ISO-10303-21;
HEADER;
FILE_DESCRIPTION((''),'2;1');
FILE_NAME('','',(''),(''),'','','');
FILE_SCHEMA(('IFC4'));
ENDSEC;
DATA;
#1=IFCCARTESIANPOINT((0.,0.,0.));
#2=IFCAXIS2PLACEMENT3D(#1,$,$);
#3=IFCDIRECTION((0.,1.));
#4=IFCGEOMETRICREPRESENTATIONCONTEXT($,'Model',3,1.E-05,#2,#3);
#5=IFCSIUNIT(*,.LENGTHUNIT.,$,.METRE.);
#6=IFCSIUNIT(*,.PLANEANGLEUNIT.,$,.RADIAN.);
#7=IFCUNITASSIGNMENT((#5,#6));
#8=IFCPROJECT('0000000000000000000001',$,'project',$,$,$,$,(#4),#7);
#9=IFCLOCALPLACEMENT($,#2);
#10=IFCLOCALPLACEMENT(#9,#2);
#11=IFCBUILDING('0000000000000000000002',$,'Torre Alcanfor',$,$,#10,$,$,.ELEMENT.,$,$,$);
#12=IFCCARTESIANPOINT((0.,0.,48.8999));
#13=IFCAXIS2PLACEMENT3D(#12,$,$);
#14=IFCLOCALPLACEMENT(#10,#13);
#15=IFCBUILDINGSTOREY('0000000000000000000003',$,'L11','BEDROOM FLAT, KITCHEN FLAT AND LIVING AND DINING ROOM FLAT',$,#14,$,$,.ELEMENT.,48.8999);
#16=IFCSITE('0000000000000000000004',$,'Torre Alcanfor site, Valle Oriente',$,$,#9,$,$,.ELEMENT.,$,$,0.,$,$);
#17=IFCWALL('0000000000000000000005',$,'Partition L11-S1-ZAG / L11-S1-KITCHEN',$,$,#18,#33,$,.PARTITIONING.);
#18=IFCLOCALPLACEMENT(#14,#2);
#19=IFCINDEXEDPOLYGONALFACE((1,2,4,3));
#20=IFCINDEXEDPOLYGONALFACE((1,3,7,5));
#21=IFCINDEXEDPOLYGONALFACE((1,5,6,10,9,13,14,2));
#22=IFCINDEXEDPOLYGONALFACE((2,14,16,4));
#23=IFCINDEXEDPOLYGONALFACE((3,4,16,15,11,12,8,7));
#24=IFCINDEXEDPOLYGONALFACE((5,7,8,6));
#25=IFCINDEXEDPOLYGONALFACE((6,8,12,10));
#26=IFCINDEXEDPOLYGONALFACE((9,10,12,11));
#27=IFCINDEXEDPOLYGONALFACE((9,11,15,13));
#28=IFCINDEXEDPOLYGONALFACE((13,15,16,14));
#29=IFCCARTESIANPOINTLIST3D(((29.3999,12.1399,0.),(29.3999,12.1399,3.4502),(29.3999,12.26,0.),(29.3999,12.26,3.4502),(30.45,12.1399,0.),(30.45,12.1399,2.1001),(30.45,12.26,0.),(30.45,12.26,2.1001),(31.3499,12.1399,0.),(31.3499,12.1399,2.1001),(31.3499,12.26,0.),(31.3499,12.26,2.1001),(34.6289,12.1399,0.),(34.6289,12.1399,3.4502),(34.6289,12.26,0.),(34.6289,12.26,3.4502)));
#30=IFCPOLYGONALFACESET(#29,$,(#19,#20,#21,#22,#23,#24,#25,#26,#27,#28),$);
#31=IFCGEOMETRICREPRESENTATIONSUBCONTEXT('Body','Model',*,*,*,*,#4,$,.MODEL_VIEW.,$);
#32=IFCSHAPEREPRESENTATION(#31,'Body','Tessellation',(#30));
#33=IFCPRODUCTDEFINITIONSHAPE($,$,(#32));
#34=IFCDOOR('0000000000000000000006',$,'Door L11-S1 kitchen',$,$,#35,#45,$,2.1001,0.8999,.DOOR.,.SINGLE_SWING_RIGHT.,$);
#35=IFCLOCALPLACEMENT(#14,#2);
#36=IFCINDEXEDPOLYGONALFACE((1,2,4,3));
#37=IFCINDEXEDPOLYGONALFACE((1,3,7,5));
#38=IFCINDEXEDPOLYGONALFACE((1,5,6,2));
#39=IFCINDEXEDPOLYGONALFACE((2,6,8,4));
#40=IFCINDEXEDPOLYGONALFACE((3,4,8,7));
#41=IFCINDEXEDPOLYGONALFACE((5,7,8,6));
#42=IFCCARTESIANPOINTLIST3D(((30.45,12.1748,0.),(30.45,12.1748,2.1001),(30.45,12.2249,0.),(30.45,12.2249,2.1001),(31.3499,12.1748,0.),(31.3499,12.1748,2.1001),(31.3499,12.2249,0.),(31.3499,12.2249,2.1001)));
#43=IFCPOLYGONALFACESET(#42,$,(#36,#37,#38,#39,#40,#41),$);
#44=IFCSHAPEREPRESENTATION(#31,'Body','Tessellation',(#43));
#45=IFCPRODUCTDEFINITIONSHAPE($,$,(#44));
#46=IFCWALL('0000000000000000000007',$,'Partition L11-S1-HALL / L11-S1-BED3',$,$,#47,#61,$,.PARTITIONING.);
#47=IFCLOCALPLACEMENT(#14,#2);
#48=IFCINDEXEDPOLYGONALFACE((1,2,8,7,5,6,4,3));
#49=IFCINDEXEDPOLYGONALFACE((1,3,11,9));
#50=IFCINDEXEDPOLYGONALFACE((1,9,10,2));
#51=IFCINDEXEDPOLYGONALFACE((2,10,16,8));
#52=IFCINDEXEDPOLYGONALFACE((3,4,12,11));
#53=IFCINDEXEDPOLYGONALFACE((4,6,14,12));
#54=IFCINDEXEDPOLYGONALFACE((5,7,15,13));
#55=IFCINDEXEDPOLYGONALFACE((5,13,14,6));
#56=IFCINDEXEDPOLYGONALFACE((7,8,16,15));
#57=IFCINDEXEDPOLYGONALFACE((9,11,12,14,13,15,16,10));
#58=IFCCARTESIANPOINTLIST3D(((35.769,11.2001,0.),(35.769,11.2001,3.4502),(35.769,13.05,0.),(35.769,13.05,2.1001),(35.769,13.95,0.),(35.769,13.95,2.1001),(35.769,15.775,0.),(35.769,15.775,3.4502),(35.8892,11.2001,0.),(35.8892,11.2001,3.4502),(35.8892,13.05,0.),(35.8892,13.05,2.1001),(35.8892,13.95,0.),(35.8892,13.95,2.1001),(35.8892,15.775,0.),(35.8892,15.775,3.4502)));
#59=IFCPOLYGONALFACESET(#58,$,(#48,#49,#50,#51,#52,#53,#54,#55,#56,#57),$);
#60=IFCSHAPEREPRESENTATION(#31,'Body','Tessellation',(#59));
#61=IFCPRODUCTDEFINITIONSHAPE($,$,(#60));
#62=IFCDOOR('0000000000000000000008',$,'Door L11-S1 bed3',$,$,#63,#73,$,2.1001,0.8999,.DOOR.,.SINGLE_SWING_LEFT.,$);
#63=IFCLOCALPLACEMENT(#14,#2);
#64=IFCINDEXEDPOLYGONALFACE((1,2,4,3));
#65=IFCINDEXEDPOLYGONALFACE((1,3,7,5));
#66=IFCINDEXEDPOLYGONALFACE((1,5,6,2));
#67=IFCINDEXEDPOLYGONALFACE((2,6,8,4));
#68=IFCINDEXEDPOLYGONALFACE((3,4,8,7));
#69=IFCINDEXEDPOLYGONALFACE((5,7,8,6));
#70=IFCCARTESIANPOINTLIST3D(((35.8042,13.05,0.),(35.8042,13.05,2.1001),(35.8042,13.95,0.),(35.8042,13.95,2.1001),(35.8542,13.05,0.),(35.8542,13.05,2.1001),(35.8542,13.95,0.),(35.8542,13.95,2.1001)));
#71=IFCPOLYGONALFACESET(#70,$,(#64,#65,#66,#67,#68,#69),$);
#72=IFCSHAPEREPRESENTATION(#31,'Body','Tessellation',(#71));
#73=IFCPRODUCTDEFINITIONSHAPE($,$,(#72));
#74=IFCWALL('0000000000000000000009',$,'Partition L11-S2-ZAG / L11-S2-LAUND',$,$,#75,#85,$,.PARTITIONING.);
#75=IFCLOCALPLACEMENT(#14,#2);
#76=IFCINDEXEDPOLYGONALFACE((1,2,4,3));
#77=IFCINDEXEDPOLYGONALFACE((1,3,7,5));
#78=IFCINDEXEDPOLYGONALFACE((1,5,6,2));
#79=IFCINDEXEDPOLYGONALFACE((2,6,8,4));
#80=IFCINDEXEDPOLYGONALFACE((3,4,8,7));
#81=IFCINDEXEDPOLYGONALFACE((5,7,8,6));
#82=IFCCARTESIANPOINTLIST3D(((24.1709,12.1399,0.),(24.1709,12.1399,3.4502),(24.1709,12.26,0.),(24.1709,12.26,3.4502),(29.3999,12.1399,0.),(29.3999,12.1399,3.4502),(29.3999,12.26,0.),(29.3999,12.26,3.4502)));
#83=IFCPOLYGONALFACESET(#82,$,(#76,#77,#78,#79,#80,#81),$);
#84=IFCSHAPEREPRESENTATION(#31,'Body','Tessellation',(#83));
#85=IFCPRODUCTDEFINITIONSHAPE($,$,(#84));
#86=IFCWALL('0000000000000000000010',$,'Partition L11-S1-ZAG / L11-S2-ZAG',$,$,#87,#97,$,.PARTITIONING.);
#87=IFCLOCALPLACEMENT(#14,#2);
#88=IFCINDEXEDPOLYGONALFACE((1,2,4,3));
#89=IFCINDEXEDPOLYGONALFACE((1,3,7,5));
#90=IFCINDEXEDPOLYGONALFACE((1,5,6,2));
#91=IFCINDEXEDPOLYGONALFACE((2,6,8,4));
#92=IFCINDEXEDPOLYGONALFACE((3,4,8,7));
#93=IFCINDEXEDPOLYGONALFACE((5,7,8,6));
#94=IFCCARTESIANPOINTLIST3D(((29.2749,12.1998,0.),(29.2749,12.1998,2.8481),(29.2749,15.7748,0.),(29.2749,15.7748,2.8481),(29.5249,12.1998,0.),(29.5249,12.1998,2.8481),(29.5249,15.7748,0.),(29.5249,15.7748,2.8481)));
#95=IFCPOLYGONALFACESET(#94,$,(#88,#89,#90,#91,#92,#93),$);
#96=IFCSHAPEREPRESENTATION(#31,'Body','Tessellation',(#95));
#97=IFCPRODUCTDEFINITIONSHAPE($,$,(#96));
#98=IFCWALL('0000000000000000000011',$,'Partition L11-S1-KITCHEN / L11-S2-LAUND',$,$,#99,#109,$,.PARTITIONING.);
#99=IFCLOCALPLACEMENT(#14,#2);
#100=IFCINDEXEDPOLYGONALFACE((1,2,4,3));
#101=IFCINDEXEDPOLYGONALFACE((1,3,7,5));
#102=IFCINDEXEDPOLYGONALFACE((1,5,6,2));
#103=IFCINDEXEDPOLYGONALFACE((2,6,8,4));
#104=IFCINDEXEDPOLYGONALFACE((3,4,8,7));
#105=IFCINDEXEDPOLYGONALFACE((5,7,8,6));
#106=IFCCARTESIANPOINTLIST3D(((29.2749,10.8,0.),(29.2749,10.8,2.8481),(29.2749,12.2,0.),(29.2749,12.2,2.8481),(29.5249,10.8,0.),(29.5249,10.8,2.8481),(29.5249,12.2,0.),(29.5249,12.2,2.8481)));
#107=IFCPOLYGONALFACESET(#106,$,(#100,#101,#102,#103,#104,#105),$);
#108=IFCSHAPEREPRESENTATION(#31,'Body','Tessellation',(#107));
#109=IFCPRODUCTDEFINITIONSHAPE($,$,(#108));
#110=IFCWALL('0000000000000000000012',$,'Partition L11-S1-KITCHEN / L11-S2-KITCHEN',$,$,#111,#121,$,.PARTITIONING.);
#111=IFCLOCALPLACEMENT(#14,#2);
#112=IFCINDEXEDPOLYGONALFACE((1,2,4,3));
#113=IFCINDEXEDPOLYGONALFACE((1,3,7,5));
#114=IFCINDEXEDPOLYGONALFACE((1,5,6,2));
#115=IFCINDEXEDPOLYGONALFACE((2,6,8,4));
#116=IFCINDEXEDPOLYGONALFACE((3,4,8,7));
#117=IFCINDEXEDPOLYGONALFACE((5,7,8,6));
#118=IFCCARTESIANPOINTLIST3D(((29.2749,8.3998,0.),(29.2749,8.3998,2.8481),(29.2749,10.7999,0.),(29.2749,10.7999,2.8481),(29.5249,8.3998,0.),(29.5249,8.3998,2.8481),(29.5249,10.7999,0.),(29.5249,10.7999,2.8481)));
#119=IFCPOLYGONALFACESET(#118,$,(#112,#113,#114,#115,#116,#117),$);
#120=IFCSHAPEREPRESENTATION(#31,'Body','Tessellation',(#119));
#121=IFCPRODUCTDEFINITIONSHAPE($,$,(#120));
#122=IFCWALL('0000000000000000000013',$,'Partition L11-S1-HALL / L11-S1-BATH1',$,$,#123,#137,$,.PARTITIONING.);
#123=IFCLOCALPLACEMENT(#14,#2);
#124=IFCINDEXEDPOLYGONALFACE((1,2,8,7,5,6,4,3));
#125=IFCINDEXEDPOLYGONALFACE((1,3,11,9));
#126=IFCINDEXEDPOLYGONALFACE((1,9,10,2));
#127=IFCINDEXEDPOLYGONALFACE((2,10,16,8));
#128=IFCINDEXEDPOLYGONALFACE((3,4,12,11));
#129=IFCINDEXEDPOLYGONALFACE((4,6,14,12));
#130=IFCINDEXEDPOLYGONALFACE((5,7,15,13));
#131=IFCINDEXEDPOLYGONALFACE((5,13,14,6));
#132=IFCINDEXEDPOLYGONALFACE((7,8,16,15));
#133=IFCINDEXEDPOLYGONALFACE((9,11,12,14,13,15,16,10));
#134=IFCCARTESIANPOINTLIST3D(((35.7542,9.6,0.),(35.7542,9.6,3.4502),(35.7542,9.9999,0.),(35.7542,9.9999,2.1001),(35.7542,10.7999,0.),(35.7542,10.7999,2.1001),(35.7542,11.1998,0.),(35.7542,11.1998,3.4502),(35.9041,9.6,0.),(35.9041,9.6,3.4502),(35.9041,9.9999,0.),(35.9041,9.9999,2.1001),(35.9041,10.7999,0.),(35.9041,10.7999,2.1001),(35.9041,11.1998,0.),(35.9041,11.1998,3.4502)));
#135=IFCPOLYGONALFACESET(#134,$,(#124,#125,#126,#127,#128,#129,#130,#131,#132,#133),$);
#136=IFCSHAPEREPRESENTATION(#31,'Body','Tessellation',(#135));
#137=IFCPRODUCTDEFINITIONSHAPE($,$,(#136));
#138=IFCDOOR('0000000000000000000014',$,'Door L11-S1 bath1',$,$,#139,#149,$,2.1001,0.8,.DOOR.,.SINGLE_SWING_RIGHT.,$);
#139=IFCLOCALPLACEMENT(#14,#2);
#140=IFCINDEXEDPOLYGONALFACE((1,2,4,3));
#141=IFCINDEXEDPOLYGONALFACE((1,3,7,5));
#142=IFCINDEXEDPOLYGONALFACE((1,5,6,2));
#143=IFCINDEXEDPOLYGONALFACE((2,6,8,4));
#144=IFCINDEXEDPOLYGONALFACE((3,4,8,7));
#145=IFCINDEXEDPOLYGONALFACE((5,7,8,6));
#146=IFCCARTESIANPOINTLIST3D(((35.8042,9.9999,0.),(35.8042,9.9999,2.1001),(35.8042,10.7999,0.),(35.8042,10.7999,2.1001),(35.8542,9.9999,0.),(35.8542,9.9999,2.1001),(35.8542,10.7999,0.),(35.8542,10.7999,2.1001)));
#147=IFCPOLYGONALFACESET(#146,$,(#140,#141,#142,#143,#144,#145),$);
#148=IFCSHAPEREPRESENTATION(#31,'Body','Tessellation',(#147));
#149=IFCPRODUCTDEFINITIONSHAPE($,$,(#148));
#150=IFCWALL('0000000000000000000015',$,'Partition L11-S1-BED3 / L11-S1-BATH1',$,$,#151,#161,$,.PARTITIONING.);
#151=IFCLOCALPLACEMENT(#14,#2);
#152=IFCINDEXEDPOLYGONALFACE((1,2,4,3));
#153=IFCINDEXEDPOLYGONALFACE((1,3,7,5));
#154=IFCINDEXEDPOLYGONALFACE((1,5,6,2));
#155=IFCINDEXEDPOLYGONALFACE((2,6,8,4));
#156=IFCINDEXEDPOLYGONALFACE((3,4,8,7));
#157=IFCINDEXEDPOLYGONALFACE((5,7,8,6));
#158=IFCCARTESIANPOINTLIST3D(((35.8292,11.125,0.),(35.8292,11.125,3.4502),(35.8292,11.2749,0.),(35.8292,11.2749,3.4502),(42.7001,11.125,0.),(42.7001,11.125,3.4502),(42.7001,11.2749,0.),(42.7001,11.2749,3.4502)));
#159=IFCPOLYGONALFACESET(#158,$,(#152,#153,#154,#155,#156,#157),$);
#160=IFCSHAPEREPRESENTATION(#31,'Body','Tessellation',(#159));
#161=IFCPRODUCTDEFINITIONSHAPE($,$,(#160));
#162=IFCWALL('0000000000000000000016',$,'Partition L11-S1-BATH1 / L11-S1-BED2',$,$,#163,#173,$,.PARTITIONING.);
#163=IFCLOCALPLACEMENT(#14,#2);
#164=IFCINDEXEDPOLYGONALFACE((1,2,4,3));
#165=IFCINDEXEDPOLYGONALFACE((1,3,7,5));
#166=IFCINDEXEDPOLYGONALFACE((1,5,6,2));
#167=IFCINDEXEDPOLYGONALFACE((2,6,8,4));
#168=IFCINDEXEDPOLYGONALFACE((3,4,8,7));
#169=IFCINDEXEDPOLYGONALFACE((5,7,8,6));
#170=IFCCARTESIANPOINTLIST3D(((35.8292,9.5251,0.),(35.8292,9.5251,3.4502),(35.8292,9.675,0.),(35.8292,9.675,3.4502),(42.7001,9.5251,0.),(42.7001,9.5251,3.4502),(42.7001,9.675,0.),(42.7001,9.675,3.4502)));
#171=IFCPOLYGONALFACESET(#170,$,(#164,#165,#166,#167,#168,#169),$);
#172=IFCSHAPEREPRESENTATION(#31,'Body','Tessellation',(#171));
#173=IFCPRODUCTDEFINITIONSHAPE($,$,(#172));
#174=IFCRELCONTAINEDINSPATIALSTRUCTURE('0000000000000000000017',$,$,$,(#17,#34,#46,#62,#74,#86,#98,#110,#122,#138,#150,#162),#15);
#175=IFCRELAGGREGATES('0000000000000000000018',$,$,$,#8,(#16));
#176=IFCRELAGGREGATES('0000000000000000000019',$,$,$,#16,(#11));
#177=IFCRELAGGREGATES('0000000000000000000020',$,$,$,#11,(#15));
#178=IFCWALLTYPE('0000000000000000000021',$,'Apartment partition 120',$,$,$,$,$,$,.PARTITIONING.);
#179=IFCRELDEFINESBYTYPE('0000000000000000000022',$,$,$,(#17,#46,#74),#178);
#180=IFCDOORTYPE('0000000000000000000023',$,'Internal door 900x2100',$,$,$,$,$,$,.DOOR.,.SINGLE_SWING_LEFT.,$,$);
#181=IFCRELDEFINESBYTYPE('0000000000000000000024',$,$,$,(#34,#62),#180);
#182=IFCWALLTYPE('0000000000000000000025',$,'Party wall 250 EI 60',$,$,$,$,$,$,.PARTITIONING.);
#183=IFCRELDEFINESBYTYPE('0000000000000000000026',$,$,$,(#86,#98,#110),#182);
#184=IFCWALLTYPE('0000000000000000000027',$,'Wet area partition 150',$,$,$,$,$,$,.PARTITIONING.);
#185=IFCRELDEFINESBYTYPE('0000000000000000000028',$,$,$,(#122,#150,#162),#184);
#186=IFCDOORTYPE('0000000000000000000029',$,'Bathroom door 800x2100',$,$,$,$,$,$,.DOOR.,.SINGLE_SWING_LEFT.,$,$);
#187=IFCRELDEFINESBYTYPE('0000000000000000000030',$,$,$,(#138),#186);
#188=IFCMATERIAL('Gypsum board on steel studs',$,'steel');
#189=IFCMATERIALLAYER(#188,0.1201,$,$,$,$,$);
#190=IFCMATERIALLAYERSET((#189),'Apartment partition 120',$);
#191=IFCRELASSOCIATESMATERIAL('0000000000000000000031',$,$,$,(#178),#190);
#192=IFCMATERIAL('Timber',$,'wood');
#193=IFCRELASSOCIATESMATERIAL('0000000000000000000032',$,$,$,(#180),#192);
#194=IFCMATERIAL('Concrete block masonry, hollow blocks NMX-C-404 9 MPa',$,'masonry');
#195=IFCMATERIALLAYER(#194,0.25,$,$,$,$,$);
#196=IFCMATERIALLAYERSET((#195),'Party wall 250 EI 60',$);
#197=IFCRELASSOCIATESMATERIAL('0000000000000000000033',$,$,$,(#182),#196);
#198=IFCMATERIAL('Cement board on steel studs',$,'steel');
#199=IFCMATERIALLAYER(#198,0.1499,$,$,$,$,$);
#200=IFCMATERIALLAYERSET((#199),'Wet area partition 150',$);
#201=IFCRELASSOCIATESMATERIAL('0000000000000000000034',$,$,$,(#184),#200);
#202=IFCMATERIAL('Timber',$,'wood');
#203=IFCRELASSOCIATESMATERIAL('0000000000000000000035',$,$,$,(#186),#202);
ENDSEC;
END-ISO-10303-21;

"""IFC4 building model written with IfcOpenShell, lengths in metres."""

from ifc_helpers import new_model, si_unit, direction, frame, frame_2d, origin, place, context, subcontext, project, spatial, rectangle, extrude, material, layer, layer_set, type_object, element, fill, save


model = new_model("IFC4")

# Units and contexts
model_context = context("Model", 3, precision=1e-05, world=origin(), true_north=direction((0.0, 1.0)))
body_context = subcontext(model_context, "Body", "Model", "MODEL_VIEW")
ifc_project = project(units=[si_unit("LENGTHUNIT", "METRE"), si_unit("PLANEANGLEUNIT", "RADIAN")], contexts=[model_context])

# Site, building, storey
site_placement = place(None, origin())
site = spatial("IfcSite", under=ifc_project, at=site_placement, Name="Torre Alcanfor site, Valle Oriente", CompositionType="ELEMENT", RefElevation=0.0)
building_placement = place(site_placement, origin())
building = spatial("IfcBuilding", under=site, at=building_placement, Name="Torre Alcanfor", CompositionType="ELEMENT")
storey_placement = place(building_placement, frame((0.0, 0.0, 48.8999)))
storey = spatial("IfcBuildingStorey", under=building, at=storey_placement, Name="L11", Description="BEDROOM FLAT, KITCHEN FLAT AND LIVING AND DINING ROOM FLAT", CompositionType="ELEMENT", Elevation=48.8999)

# Walls, openings, doors
ifc_material_1 = material(Name="Gypsum board on steel studs", Category="steel")
ifc_layer_1 = layer(ifc_material_1, 0.1201)
ifc_layer_set_1 = layer_set([ifc_layer_1], Name="Apartment partition 120")
wall_type_1 = type_object("IfcWallType", Name="Apartment partition 120", PredefinedType="PARTITIONING", material=ifc_layer_set_1)
wall_1_placement = place(storey_placement, frame((29.3999, 12.2, 0.0), z_axis=(0.0, 0.0, 1.0), x_axis=(1.0, 0.0, 0.0)))
wall_1 = element("IfcWall", 1, at=wall_1_placement, inside=storey, type_object=wall_type_1, Name="Partition L11-S1-ZAG / L11-S1-KITCHEN", PredefinedType="PARTITIONING", context=body_context, shape_type="SweptSolid", body=[
    extrude(rectangle(XDim=5.229, YDim=0.1201, at=frame_2d((2.6145, 0.0))), origin(), (0.0, 0.0, 1.0), 3.4502),
])
opening_1_placement = place(wall_1_placement, frame((1.05, 0.0, 0.0)))
opening_1 = element("IfcOpeningElement", 2, at=opening_1_placement, cuts=wall_1, PredefinedType="OPENING", context=body_context, shape_type="SweptSolid", body=[
    extrude(rectangle(XDim=0.8999, YDim=2.1001, at=frame_2d((0.45, 1.05))), frame((0.0, 0.0701, 0.0), z_axis=(0.0, -1.0, 0.0), x_axis=(1.0, 0.0, 0.0)), (0.0, 0.0, 1.0), 0.1401),
])
ifc_material_2 = material(Name="Timber", Category="wood")
door_type_1 = type_object("IfcDoorType", Name="Internal door 900x2100", OperationType="SINGLE_SWING_LEFT", PredefinedType="DOOR", material=ifc_material_2)
door_1_placement = place(opening_1_placement, frame((0.8999, 0.0, 0.0), z_axis=(0.0, 0.0, 1.0), x_axis=(-1.0, 0.0, 0.0)))
door_1 = element("IfcDoor", 3, at=door_1_placement, inside=storey, type_object=door_type_1, Name="Door L11-S1 kitchen", OperationType="SINGLE_SWING_RIGHT", OverallHeight=2.1001, OverallWidth=0.8999, PredefinedType="DOOR", context=body_context, shape_type="SweptSolid", body=[
    extrude(rectangle(XDim=0.8999, YDim=2.1001, at=frame_2d((0.45, 1.05))), frame((0.0, 0.0251, 0.0), z_axis=(0.0, -1.0, 0.0), x_axis=(1.0, 0.0, 0.0)), (0.0, 0.0, 1.0), 0.05),
])
fill(opening_1, door_1)
wall_2_placement = place(storey_placement, frame((35.8291, 11.2, 0.0), z_axis=(0.0, 0.0, 1.0), x_axis=(0.0, 1.0, 0.0)))
wall_2 = element("IfcWall", 4, at=wall_2_placement, inside=storey, type_object=wall_type_1, Name="Partition L11-S1-HALL / L11-S1-BED3", PredefinedType="PARTITIONING", context=body_context, shape_type="SweptSolid", body=[
    extrude(rectangle(XDim=4.575, YDim=0.1201, at=frame_2d((2.2876, 0.0))), origin(), (0.0, 0.0, 1.0), 3.4502),
])
opening_2_placement = place(wall_2_placement, frame((1.8501, 0.0, 0.0)))
opening_2 = element("IfcOpeningElement", 5, at=opening_2_placement, cuts=wall_2, PredefinedType="OPENING", context=body_context, shape_type="SweptSolid", body=[
    extrude(rectangle(XDim=0.8999, YDim=2.1001, at=frame_2d((0.45, 1.05))), frame((0.0, 0.0701, 0.0), z_axis=(0.0, -1.0, 0.0), x_axis=(1.0, 0.0, 0.0)), (0.0, 0.0, 1.0), 0.1401),
])
door_2_placement = place(opening_2_placement, frame((0.8999, 0.0, 0.0), z_axis=(0.0, 0.0, 1.0), x_axis=(-1.0, 0.0, 0.0)))
door_2 = element("IfcDoor", 6, at=door_2_placement, inside=storey, type_object=door_type_1, Name="Door L11-S1 bed3", OperationType="SINGLE_SWING_LEFT", OverallHeight=2.1001, OverallWidth=0.8999, PredefinedType="DOOR", context=body_context, shape_type="SweptSolid", body=[
    extrude(rectangle(XDim=0.8999, YDim=2.1001, at=frame_2d((0.45, 1.05))), frame((0.0, 0.0251, 0.0), z_axis=(0.0, -1.0, 0.0), x_axis=(1.0, 0.0, 0.0)), (0.0, 0.0, 1.0), 0.05),
])
fill(opening_2, door_2)

# Walls
wall_3_placement = place(storey_placement, frame((29.3999, 12.2, 0.0), z_axis=(0.0, 0.0, 1.0), x_axis=(-1.0, 0.0, 0.0)))
element("IfcWall", 7, at=wall_3_placement, inside=storey, type_object=wall_type_1, Name="Partition L11-S2-ZAG / L11-S2-LAUND", PredefinedType="PARTITIONING", context=body_context, shape_type="SweptSolid", body=[
    extrude(rectangle(XDim=5.229, YDim=0.1201, at=frame_2d((2.6145, 0.0))), origin(), (0.0, 0.0, 1.0), 3.4502),
])
ifc_material_3 = material(Name="Concrete block masonry, hollow blocks NMX-C-404 9 MPa", Category="masonry")
ifc_layer_2 = layer(ifc_material_3, 0.25)
ifc_layer_set_2 = layer_set([ifc_layer_2], Name="Party wall 250 EI 60")
wall_type_2 = type_object("IfcWallType", Name="Party wall 250 EI 60", PredefinedType="PARTITIONING", material=ifc_layer_set_2)
wall_4_placement = place(storey_placement, frame((29.3999, 15.7749, 0.0), z_axis=(0.0, 0.0, 1.0), x_axis=(0.0, -1.0, 0.0)))
element("IfcWall", 8, at=wall_4_placement, inside=storey, type_object=wall_type_2, Name="Partition L11-S1-ZAG / L11-S2-ZAG", PredefinedType="PARTITIONING", context=body_context, shape_type="SweptSolid", body=[
    extrude(rectangle(XDim=3.575, YDim=0.25, at=frame_2d((1.7876, 0.0))), origin(), (0.0, 0.0, 1.0), 2.8481),
])
wall_5_placement = place(storey_placement, frame((29.3999, 12.2, 0.0), z_axis=(0.0, 0.0, 1.0), x_axis=(0.0, -1.0, 0.0)))
element("IfcWall", 9, at=wall_5_placement, inside=storey, type_object=wall_type_2, Name="Partition L11-S1-KITCHEN / L11-S2-LAUND", PredefinedType="PARTITIONING", context=body_context, shape_type="SweptSolid", body=[
    extrude(rectangle(XDim=1.3999, YDim=0.25, at=frame_2d((0.7, 0.0))), origin(), (0.0, 0.0, 1.0), 2.8481),
])
wall_6_placement = place(storey_placement, frame((29.3999, 10.8, 0.0), z_axis=(0.0, 0.0, 1.0), x_axis=(0.0, -1.0, 0.0)))
element("IfcWall", 10, at=wall_6_placement, inside=storey, type_object=wall_type_2, Name="Partition L11-S1-KITCHEN / L11-S2-KITCHEN", PredefinedType="PARTITIONING", context=body_context, shape_type="SweptSolid", body=[
    extrude(rectangle(XDim=2.4001, YDim=0.25, at=frame_2d((1.2002, 0.0))), origin(), (0.0, 0.0, 1.0), 2.8481),
])

# Wall, opening, door
ifc_material_4 = material(Name="Cement board on steel studs", Category="steel")
ifc_layer_3 = layer(ifc_material_4, 0.1499)
ifc_layer_set_3 = layer_set([ifc_layer_3], Name="Wet area partition 150")
wall_type_3 = type_object("IfcWallType", Name="Wet area partition 150", PredefinedType="PARTITIONING", material=ifc_layer_set_3)
wall_7_placement = place(storey_placement, frame((35.8291, 9.6001, 0.0), z_axis=(0.0, 0.0, 1.0), x_axis=(0.0, 1.0, 0.0)))
wall_7 = element("IfcWall", 11, at=wall_7_placement, inside=storey, type_object=wall_type_3, Name="Partition L11-S1-HALL / L11-S1-BATH1", PredefinedType="PARTITIONING", context=body_context, shape_type="SweptSolid", body=[
    extrude(rectangle(XDim=1.5999, YDim=0.1499, at=frame_2d((0.7998, 0.0))), origin(), (0.0, 0.0, 1.0), 3.4502),
])
opening_3_placement = place(wall_7_placement, frame((0.3999, 0.0, 0.0)))
opening_3 = element("IfcOpeningElement", 12, at=opening_3_placement, cuts=wall_7, PredefinedType="OPENING", context=body_context, shape_type="SweptSolid", body=[
    extrude(rectangle(XDim=0.8, YDim=2.1001, at=frame_2d((0.3999, 1.05))), frame((0.0, 0.085, 0.0), z_axis=(0.0, -1.0, 0.0), x_axis=(1.0, 0.0, 0.0)), (0.0, 0.0, 1.0), 0.1699),
])
ifc_material_5 = material(Name="Timber", Category="wood")
door_type_2 = type_object("IfcDoorType", Name="Bathroom door 800x2100", OperationType="SINGLE_SWING_LEFT", PredefinedType="DOOR", material=ifc_material_5)
door_3_placement = place(opening_3_placement, frame((0.8, 0.0, 0.0), z_axis=(0.0, 0.0, 1.0), x_axis=(-1.0, 0.0, 0.0)))
door_3 = element("IfcDoor", 13, at=door_3_placement, inside=storey, type_object=door_type_2, Name="Door L11-S1 bath1", OperationType="SINGLE_SWING_RIGHT", OverallHeight=2.1001, OverallWidth=0.8, PredefinedType="DOOR", context=body_context, shape_type="SweptSolid", body=[
    extrude(rectangle(XDim=0.8, YDim=2.1001, at=frame_2d((0.4001, 1.05))), frame((0.0, 0.0251, 0.0), z_axis=(0.0, -1.0, 0.0), x_axis=(1.0, 0.0, 0.0)), (0.0, 0.0, 1.0), 0.05),
])
fill(opening_3, door_3)

# Walls
for number, where, z_axis, x_axis, name in (
    (14, (35.8291, 11.2, 0.0), (0.0, 0.0, 1.0), (1.0, 0.0, 0.0), "Partition L11-S1-BED3 / L11-S1-BATH1"),
    (15, (35.8291, 9.6001, 0.0), (0.0, 0.0, 1.0), (1.0, 0.0, 0.0), "Partition L11-S1-BATH1 / L11-S1-BED2"),
):
    element("IfcWall", number, at=place(storey_placement, frame(where, z_axis=z_axis, x_axis=x_axis)), inside=storey, type_object=wall_type_3, Name=name, PredefinedType="PARTITIONING", context=body_context, shape_type="SweptSolid", body=[
        extrude(rectangle(XDim=6.8708, YDim=0.1499, at=frame_2d((3.4355, 0.0))), origin(), (0.0, 0.0, 1.0), 3.4502),
    ])

save(model, "model.ifc")
